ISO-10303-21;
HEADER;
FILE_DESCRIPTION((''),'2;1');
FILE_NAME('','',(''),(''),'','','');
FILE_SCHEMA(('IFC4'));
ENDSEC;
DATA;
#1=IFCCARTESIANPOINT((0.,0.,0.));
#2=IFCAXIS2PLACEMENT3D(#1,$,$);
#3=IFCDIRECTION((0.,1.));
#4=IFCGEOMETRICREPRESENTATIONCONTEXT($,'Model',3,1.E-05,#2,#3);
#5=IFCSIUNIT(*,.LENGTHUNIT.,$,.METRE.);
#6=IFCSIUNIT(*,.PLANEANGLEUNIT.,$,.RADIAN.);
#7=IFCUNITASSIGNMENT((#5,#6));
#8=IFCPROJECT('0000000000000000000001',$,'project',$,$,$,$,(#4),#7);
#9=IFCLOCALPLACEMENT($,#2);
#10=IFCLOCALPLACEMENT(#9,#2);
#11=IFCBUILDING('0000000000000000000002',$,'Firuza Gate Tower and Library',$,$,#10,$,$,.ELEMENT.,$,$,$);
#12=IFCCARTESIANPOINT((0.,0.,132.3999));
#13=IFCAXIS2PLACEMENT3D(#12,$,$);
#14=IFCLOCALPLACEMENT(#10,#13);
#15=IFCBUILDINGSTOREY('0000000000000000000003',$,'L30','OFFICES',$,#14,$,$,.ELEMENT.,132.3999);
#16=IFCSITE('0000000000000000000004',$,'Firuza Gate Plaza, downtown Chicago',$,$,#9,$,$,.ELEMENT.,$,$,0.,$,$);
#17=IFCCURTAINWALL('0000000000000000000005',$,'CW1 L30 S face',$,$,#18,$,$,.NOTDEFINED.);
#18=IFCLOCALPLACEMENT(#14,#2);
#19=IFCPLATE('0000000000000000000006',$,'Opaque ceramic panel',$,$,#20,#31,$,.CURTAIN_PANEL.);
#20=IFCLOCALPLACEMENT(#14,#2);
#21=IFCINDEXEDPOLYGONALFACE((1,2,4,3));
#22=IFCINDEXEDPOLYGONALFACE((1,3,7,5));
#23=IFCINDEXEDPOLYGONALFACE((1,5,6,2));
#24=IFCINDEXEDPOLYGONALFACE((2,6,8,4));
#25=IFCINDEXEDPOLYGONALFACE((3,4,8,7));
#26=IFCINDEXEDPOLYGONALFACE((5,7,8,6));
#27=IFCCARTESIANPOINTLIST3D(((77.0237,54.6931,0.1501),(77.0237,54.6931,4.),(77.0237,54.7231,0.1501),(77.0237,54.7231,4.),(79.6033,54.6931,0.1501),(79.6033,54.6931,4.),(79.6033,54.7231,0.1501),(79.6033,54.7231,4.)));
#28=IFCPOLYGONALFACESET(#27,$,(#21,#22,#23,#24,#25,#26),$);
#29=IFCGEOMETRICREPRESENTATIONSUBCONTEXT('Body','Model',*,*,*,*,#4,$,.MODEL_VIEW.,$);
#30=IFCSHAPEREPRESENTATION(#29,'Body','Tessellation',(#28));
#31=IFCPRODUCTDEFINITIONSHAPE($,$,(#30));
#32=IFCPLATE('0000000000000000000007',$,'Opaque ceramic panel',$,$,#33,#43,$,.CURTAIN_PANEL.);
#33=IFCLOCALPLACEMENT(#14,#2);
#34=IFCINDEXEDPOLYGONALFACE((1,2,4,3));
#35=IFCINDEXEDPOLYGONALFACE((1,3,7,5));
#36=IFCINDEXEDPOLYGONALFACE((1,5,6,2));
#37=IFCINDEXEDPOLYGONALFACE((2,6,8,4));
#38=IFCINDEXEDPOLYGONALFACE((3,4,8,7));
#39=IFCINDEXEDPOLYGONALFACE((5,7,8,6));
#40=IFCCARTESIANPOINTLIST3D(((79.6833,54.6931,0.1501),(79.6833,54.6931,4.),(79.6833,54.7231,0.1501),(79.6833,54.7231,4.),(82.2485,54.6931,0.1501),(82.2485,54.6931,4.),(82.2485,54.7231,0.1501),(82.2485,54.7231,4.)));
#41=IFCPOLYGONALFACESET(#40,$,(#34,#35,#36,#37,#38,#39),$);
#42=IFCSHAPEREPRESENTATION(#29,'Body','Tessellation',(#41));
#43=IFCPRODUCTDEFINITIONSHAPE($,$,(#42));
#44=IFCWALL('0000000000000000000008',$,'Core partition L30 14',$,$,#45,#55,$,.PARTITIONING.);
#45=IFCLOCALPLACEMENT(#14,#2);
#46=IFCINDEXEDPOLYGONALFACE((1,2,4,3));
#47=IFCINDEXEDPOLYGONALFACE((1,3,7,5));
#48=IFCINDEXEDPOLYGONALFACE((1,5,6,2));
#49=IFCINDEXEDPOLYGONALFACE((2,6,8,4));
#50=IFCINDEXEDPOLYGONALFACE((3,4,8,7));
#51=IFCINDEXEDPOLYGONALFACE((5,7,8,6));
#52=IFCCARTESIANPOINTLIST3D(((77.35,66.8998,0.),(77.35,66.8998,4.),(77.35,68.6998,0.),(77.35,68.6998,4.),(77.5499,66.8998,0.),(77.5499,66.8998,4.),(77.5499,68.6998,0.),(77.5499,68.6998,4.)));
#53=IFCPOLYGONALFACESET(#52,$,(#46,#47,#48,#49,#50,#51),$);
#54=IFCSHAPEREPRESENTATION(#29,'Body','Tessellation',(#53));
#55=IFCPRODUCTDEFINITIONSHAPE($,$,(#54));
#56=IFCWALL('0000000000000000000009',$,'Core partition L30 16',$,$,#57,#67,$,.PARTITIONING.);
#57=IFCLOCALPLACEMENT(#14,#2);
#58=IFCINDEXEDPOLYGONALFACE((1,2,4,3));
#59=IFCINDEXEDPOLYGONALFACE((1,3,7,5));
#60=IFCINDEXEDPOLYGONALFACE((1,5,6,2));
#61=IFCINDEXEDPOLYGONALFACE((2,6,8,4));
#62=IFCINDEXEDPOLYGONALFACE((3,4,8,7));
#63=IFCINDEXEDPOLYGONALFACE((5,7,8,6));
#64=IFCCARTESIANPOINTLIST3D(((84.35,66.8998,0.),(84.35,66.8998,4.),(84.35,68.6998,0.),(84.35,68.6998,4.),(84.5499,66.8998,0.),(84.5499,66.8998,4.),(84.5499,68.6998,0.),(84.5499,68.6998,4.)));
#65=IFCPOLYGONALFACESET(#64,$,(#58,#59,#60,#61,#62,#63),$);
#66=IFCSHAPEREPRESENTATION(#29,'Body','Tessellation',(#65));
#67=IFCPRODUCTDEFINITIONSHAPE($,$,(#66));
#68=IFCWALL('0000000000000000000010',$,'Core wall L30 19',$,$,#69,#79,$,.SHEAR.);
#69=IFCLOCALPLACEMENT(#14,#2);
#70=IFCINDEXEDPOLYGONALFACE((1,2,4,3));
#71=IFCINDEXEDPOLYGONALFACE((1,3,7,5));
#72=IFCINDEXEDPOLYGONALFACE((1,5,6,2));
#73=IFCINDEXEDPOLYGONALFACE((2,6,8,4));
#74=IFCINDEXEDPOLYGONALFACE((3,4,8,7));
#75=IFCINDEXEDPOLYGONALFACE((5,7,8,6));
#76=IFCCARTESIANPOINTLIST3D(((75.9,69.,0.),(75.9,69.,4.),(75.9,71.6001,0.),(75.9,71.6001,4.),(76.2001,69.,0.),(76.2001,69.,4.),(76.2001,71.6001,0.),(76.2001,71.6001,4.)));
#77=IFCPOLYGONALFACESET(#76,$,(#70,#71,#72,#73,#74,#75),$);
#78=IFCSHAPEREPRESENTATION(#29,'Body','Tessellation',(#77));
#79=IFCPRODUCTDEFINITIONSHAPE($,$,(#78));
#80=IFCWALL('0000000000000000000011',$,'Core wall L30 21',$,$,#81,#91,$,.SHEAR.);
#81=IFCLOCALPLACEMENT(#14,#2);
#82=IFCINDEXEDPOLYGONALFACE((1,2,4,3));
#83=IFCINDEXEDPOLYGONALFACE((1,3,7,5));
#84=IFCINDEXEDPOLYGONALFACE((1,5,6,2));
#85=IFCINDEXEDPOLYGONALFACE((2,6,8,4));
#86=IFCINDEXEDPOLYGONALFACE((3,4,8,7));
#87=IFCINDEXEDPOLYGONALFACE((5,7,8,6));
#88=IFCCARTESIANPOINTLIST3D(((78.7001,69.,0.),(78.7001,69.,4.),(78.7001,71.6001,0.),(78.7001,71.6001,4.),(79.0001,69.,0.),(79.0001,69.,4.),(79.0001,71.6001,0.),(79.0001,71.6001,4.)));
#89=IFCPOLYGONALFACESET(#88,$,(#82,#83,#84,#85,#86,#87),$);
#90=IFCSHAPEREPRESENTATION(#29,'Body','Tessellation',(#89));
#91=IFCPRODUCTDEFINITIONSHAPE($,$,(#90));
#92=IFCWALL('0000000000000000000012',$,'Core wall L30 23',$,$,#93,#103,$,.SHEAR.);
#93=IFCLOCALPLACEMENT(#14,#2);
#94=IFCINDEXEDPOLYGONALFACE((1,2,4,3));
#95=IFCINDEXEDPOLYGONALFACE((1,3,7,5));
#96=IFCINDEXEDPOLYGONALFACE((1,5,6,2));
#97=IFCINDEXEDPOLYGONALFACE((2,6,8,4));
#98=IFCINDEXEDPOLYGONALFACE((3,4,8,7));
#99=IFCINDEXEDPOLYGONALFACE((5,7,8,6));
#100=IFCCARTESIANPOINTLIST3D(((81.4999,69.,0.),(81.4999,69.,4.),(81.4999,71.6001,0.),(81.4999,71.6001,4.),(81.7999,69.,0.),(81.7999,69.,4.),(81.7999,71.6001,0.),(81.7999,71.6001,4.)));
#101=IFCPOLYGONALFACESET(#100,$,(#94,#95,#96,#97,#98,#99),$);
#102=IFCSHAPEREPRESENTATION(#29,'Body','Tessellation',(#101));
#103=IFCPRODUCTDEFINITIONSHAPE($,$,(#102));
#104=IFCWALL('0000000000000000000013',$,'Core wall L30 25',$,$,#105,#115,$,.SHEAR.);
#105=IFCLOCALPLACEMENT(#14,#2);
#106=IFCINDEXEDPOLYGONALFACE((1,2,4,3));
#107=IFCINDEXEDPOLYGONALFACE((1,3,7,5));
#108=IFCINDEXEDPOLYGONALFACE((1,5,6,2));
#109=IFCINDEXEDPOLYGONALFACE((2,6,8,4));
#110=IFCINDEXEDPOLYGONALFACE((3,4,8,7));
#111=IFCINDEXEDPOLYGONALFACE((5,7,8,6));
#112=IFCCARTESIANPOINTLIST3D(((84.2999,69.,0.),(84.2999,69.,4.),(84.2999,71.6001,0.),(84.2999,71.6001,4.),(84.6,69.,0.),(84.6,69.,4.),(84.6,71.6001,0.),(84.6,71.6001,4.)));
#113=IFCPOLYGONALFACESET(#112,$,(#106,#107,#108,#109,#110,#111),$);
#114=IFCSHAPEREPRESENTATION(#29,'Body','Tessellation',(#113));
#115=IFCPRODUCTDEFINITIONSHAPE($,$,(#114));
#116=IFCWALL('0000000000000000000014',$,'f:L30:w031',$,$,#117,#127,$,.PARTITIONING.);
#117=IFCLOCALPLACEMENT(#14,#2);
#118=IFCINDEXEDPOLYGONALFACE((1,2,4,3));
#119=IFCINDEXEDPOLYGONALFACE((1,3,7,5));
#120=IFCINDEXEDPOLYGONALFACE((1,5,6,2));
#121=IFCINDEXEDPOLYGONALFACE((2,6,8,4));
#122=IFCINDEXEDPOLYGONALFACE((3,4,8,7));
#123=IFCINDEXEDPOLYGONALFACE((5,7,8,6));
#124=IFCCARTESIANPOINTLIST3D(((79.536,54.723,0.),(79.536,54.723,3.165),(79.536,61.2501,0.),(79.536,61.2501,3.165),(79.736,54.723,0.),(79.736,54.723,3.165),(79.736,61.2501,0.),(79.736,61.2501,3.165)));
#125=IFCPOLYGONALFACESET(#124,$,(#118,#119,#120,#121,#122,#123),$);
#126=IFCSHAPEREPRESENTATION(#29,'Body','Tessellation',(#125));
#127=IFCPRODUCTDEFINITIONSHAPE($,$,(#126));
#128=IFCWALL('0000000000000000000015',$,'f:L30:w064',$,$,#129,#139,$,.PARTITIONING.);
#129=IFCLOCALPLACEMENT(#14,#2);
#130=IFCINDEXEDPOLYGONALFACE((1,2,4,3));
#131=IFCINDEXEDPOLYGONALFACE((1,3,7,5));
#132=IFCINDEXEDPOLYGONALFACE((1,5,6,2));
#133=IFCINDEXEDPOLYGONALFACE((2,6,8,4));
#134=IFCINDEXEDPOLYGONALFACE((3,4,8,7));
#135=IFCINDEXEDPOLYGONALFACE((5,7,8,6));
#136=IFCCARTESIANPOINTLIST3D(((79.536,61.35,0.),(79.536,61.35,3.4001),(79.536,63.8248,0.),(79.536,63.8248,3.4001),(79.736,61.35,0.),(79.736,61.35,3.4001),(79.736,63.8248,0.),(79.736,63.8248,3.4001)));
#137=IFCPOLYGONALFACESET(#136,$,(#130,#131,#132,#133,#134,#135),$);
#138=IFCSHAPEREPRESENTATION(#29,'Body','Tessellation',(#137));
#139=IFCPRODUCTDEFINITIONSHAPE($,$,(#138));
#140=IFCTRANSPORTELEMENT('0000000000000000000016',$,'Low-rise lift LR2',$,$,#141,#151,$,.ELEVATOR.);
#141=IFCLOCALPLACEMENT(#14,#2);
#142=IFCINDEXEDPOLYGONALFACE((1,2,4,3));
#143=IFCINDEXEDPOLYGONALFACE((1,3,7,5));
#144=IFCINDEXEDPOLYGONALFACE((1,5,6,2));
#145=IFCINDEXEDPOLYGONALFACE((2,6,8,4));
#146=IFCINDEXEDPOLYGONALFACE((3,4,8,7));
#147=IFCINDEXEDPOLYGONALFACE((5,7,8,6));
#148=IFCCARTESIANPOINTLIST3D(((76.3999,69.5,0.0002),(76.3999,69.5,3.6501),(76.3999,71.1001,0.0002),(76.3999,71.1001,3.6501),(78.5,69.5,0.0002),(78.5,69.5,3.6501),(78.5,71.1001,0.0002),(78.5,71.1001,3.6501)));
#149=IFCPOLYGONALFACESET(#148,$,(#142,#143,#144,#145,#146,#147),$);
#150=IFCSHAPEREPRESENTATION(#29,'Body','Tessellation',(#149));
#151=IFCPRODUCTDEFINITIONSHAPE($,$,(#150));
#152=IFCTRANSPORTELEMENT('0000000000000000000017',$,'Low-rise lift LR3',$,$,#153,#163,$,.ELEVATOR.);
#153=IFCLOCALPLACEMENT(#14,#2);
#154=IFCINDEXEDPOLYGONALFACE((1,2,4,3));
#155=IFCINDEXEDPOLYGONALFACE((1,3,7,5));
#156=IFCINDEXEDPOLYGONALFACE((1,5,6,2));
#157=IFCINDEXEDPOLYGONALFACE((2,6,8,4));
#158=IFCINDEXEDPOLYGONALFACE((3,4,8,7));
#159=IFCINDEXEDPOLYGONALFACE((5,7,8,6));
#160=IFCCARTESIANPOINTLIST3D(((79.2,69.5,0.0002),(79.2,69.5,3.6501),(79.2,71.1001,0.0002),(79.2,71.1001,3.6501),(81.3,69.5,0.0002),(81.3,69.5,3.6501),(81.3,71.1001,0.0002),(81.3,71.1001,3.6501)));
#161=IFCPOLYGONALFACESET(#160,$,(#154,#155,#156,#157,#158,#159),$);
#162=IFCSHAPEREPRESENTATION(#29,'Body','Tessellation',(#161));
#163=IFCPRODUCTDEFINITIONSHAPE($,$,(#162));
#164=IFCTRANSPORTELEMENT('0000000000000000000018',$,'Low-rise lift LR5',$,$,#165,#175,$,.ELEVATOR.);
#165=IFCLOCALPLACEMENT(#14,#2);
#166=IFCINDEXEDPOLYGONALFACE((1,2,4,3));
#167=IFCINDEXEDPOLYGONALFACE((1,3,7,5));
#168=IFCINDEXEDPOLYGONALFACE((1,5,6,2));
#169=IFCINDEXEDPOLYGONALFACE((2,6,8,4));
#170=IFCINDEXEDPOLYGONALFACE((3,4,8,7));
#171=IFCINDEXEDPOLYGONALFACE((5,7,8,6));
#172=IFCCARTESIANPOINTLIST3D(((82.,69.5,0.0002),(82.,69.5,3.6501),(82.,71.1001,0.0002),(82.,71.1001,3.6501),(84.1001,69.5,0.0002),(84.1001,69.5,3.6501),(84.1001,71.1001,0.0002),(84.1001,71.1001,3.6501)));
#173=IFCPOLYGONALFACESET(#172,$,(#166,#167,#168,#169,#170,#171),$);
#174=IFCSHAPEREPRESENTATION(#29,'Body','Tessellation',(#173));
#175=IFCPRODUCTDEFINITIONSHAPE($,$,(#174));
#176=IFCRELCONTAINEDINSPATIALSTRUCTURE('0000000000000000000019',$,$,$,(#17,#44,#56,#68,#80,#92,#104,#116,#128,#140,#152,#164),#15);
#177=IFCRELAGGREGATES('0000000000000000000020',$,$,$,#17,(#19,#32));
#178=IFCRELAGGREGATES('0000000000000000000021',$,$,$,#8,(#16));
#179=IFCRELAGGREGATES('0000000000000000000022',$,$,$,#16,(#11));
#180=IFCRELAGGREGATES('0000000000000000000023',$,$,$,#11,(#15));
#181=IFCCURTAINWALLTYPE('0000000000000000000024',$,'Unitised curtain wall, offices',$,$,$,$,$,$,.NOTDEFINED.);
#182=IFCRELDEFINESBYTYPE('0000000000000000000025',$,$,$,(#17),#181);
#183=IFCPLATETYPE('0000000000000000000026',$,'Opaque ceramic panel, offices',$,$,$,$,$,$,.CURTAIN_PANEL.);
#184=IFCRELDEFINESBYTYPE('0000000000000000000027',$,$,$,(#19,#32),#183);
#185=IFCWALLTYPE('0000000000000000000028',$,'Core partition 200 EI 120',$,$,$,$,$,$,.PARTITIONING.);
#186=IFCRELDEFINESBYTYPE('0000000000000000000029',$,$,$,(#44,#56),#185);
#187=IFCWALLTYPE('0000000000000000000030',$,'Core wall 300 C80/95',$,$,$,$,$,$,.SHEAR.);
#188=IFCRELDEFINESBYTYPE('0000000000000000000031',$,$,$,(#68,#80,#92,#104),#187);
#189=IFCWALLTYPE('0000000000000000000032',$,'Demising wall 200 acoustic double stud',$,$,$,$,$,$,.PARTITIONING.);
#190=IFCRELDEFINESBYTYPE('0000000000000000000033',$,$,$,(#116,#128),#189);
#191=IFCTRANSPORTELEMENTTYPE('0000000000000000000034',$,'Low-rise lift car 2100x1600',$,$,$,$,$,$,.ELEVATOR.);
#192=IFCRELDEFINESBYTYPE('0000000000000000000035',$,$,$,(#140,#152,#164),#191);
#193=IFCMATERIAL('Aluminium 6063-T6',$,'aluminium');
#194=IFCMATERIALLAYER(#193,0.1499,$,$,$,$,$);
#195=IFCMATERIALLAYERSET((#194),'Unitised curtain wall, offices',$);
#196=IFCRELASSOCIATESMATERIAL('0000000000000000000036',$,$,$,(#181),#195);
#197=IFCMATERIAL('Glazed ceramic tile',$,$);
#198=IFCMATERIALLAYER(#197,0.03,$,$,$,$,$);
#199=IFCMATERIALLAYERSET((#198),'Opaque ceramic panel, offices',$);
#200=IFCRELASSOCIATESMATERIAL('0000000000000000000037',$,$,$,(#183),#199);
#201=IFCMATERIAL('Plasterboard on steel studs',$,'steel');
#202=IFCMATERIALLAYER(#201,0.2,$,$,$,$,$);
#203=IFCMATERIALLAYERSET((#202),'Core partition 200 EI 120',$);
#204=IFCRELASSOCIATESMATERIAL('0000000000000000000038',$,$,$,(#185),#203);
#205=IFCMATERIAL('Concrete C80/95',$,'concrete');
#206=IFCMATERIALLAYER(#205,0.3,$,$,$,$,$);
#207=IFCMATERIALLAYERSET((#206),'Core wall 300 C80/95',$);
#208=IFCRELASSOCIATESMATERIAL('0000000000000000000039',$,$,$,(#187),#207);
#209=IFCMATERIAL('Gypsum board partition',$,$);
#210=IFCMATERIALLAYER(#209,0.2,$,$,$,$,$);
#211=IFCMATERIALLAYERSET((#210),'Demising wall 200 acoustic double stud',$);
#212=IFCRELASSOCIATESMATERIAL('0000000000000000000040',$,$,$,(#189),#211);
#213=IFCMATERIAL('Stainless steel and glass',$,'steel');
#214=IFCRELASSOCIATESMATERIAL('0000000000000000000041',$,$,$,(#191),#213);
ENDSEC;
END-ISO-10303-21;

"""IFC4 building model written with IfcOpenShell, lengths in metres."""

from ifc_helpers import new_model, si_unit, direction, frame, frame_2d, origin, origin_2d, place, context, subcontext, project, spatial, polyline, rectangle, outline, extrude, material, layer, layer_set, type_object, element, aggregate, save


model = new_model("IFC4")

# Units and contexts
model_context = context("Model", 3, precision=1e-05, world=origin(), true_north=direction((0.0, 1.0)))
body_context = subcontext(model_context, "Body", "Model", "MODEL_VIEW")
ifc_project = project(units=[si_unit("LENGTHUNIT", "METRE"), si_unit("PLANEANGLEUNIT", "RADIAN")], contexts=[model_context])

# Site, building, storey
site_placement = place(None, origin())
site = spatial("IfcSite", under=ifc_project, at=site_placement, Name="Firuza Gate Plaza, downtown Chicago", CompositionType="ELEMENT", RefElevation=0.0)
building_placement = place(site_placement, origin())
building = spatial("IfcBuilding", under=site, at=building_placement, Name="Firuza Gate Tower and Library", CompositionType="ELEMENT")
storey_placement = place(building_placement, frame((0.0, 0.0, 132.3999)))
storey = spatial("IfcBuildingStorey", under=building, at=storey_placement, Name="L30", Description="OFFICES", CompositionType="ELEMENT", Elevation=132.3999)

# Curtain wall
ifc_material_1 = material(Name="Aluminium 6063-T6", Category="aluminium")
ifc_layer_1 = layer(ifc_material_1, 0.1499)
ifc_layer_set_1 = layer_set([ifc_layer_1], Name="Unitised curtain wall, offices")
curtain_wall_type = type_object("IfcCurtainWallType", Name="Unitised curtain wall, offices", PredefinedType="NOTDEFINED", material=ifc_layer_set_1)
curtain_wall_placement = place(storey_placement, origin())
curtain_wall = element("IfcCurtainWall", 1, at=curtain_wall_placement, inside=storey, type_object=curtain_wall_type, Name="CW1 L30 S face", PredefinedType="NOTDEFINED")

# Plates
ifc_material_2 = material(Name="Glazed ceramic tile")
ifc_layer_2 = layer(ifc_material_2, 0.03)
ifc_layer_set_2 = layer_set([ifc_layer_2], Name="Opaque ceramic panel, offices")
plate_type_1 = type_object("IfcPlateType", Name="Opaque ceramic panel, offices", PredefinedType="CURTAIN_PANEL", material=ifc_layer_set_2)
plate_1_placement = place(storey_placement, frame((77.0237, 54.6931, 0.1501), z_axis=(0.0, -1.0, 0.0), x_axis=(1.0, 0.0, 0.0)))
plate_1 = element("IfcPlate", 2, at=plate_1_placement, type_object=plate_type_1, Name="Opaque ceramic panel", PredefinedType="CURTAIN_PANEL", context=body_context, shape_type="SweptSolid", body=[
    extrude(outline(polyline([(0.0, 0.0), (2.5796, 0.0), (2.5796, 3.8499), (0.0, 3.8499), (0.0, 0.0)])), origin(), (0.0, 0.0, -1.0), 0.03),
])
plate_2_placement = place(storey_placement, frame((79.6833, 54.6931, 0.1501), z_axis=(0.0, -1.0, 0.0), x_axis=(1.0, 0.0, 0.0)))
plate_2 = element("IfcPlate", 3, at=plate_2_placement, type_object=plate_type_1, Name="Opaque ceramic panel", PredefinedType="CURTAIN_PANEL", context=body_context, shape_type="SweptSolid", body=[
    extrude(outline(polyline([(0.0, 0.0), (2.5652, 0.0), (2.5652, 3.8499), (0.0, 3.8499), (0.0, 0.0)])), origin(), (0.0, 0.0, -1.0), 0.03),
])
aggregate(curtain_wall, [plate_1, plate_2])

# Walls
ifc_material_3 = material(Name="Plasterboard on steel studs", Category="steel")
ifc_layer_3 = layer(ifc_material_3, 0.2)
ifc_layer_set_3 = layer_set([ifc_layer_3], Name="Core partition 200 EI 120")
wall_type_1 = type_object("IfcWallType", Name="Core partition 200 EI 120", PredefinedType="PARTITIONING", material=ifc_layer_set_3)
for number, where, z_axis, x_axis, name in (
    (4, (77.45, 66.8999, 0.0), (0.0, 0.0, 1.0), (0.0, 1.0, 0.0), "Core partition L30 14"),
    (5, (84.45, 66.8999, 0.0), (0.0, 0.0, 1.0), (0.0, 1.0, 0.0), "Core partition L30 16"),
):
    element("IfcWall", number, at=place(storey_placement, frame(where, z_axis=z_axis, x_axis=x_axis)), inside=storey, type_object=wall_type_1, Name=name, PredefinedType="PARTITIONING", context=body_context, shape_type="SweptSolid", body=[
        extrude(rectangle(XDim=1.8, YDim=0.2, at=frame_2d((0.8999, 0.0))), origin(), (0.0, 0.0, 1.0), 4.0),
    ])
ifc_material_4 = material(Name="Concrete C80/95", Category="concrete")
ifc_layer_4 = layer(ifc_material_4, 0.3)
ifc_layer_set_4 = layer_set([ifc_layer_4], Name="Core wall 300 C80/95")
wall_type_2 = type_object("IfcWallType", Name="Core wall 300 C80/95", PredefinedType="SHEAR", material=ifc_layer_set_4)
for number, where, z_axis, x_axis, name in (
    (6, (76.05, 69.0, 0.0), (0.0, 0.0, 1.0), (0.0, 1.0, 0.0), "Core wall L30 19"),
    (7, (78.8501, 69.0, 0.0), (0.0, 0.0, 1.0), (0.0, 1.0, 0.0), "Core wall L30 21"),
    (8, (81.6499, 69.0, 0.0), (0.0, 0.0, 1.0), (0.0, 1.0, 0.0), "Core wall L30 23"),
    (9, (84.45, 69.0, 0.0), (0.0, 0.0, 1.0), (0.0, 1.0, 0.0), "Core wall L30 25"),
):
    element("IfcWall", number, at=place(storey_placement, frame(where, z_axis=z_axis, x_axis=x_axis)), inside=storey, type_object=wall_type_2, Name=name, PredefinedType="SHEAR", context=body_context, shape_type="SweptSolid", body=[
        extrude(rectangle(XDim=2.6001, YDim=0.3, at=frame_2d((1.3, 0.0))), origin(), (0.0, 0.0, 1.0), 4.0),
    ])
ifc_material_5 = material(Name="Gypsum board partition")
ifc_layer_5 = layer(ifc_material_5, 0.2)
ifc_layer_set_5 = layer_set([ifc_layer_5], Name="Demising wall 200 acoustic double stud")
wall_type_3 = type_object("IfcWallType", Name="Demising wall 200 acoustic double stud", PredefinedType="PARTITIONING", material=ifc_layer_set_5)
wall_1_placement = place(storey_placement, frame((79.636, 54.7229, 0.0), z_axis=(0.0, 0.0, 1.0), x_axis=(0.0, 1.0, 0.0)))
element("IfcWall", 10, at=wall_1_placement, inside=storey, type_object=wall_type_3, Name="f:L30:w031", PredefinedType="PARTITIONING", context=body_context, shape_type="SweptSolid", body=[
    extrude(rectangle(XDim=6.5271, YDim=0.2, at=frame_2d((3.2637, 0.0))), origin(), (0.0, 0.0, 1.0), 3.165),
])
wall_2_placement = place(storey_placement, frame((79.636, 61.3501, 0.0), z_axis=(0.0, 0.0, 1.0), x_axis=(0.0, 1.0, 0.0)))
element("IfcWall", 11, at=wall_2_placement, inside=storey, type_object=wall_type_3, Name="f:L30:w064", PredefinedType="PARTITIONING", context=body_context, shape_type="SweptSolid", body=[
    extrude(rectangle(XDim=2.4749, YDim=0.2, at=frame_2d((1.2373, 0.0))), origin(), (0.0, 0.0, 1.0), 3.4001),
])

# Transport elements
ifc_material_6 = material(Name="Stainless steel and glass", Category="steel")
transport_element_type = type_object("IfcTransportElementType", Name="Low-rise lift car 2100x1600", PredefinedType="ELEVATOR", material=ifc_material_6)
for number, where, z_axis, x_axis, name in (
    (12, (77.45, 70.3, 0.0002), (0.0, 0.0, 1.0), (1.0, 0.0, 0.0), "Low-rise lift LR2"),
    (13, (80.25, 70.3, 0.0002), (0.0, 0.0, 1.0), (1.0, 0.0, 0.0), "Low-rise lift LR3"),
    (14, (83.05, 70.3, 0.0002), (0.0, 0.0, 1.0), (1.0, 0.0, 0.0), "Low-rise lift LR5"),
):
    element("IfcTransportElement", number, at=place(storey_placement, frame(where, z_axis=z_axis, x_axis=x_axis)), inside=storey, type_object=transport_element_type, Name=name, PredefinedType="ELEVATOR", context=body_context, shape_type="SweptSolid", body=[
        extrude(rectangle(XDim=2.1001, YDim=1.6001, at=origin_2d()), origin(), (0.0, 0.0, 1.0), 3.6499),
    ])

save(model, "model.ifc")
